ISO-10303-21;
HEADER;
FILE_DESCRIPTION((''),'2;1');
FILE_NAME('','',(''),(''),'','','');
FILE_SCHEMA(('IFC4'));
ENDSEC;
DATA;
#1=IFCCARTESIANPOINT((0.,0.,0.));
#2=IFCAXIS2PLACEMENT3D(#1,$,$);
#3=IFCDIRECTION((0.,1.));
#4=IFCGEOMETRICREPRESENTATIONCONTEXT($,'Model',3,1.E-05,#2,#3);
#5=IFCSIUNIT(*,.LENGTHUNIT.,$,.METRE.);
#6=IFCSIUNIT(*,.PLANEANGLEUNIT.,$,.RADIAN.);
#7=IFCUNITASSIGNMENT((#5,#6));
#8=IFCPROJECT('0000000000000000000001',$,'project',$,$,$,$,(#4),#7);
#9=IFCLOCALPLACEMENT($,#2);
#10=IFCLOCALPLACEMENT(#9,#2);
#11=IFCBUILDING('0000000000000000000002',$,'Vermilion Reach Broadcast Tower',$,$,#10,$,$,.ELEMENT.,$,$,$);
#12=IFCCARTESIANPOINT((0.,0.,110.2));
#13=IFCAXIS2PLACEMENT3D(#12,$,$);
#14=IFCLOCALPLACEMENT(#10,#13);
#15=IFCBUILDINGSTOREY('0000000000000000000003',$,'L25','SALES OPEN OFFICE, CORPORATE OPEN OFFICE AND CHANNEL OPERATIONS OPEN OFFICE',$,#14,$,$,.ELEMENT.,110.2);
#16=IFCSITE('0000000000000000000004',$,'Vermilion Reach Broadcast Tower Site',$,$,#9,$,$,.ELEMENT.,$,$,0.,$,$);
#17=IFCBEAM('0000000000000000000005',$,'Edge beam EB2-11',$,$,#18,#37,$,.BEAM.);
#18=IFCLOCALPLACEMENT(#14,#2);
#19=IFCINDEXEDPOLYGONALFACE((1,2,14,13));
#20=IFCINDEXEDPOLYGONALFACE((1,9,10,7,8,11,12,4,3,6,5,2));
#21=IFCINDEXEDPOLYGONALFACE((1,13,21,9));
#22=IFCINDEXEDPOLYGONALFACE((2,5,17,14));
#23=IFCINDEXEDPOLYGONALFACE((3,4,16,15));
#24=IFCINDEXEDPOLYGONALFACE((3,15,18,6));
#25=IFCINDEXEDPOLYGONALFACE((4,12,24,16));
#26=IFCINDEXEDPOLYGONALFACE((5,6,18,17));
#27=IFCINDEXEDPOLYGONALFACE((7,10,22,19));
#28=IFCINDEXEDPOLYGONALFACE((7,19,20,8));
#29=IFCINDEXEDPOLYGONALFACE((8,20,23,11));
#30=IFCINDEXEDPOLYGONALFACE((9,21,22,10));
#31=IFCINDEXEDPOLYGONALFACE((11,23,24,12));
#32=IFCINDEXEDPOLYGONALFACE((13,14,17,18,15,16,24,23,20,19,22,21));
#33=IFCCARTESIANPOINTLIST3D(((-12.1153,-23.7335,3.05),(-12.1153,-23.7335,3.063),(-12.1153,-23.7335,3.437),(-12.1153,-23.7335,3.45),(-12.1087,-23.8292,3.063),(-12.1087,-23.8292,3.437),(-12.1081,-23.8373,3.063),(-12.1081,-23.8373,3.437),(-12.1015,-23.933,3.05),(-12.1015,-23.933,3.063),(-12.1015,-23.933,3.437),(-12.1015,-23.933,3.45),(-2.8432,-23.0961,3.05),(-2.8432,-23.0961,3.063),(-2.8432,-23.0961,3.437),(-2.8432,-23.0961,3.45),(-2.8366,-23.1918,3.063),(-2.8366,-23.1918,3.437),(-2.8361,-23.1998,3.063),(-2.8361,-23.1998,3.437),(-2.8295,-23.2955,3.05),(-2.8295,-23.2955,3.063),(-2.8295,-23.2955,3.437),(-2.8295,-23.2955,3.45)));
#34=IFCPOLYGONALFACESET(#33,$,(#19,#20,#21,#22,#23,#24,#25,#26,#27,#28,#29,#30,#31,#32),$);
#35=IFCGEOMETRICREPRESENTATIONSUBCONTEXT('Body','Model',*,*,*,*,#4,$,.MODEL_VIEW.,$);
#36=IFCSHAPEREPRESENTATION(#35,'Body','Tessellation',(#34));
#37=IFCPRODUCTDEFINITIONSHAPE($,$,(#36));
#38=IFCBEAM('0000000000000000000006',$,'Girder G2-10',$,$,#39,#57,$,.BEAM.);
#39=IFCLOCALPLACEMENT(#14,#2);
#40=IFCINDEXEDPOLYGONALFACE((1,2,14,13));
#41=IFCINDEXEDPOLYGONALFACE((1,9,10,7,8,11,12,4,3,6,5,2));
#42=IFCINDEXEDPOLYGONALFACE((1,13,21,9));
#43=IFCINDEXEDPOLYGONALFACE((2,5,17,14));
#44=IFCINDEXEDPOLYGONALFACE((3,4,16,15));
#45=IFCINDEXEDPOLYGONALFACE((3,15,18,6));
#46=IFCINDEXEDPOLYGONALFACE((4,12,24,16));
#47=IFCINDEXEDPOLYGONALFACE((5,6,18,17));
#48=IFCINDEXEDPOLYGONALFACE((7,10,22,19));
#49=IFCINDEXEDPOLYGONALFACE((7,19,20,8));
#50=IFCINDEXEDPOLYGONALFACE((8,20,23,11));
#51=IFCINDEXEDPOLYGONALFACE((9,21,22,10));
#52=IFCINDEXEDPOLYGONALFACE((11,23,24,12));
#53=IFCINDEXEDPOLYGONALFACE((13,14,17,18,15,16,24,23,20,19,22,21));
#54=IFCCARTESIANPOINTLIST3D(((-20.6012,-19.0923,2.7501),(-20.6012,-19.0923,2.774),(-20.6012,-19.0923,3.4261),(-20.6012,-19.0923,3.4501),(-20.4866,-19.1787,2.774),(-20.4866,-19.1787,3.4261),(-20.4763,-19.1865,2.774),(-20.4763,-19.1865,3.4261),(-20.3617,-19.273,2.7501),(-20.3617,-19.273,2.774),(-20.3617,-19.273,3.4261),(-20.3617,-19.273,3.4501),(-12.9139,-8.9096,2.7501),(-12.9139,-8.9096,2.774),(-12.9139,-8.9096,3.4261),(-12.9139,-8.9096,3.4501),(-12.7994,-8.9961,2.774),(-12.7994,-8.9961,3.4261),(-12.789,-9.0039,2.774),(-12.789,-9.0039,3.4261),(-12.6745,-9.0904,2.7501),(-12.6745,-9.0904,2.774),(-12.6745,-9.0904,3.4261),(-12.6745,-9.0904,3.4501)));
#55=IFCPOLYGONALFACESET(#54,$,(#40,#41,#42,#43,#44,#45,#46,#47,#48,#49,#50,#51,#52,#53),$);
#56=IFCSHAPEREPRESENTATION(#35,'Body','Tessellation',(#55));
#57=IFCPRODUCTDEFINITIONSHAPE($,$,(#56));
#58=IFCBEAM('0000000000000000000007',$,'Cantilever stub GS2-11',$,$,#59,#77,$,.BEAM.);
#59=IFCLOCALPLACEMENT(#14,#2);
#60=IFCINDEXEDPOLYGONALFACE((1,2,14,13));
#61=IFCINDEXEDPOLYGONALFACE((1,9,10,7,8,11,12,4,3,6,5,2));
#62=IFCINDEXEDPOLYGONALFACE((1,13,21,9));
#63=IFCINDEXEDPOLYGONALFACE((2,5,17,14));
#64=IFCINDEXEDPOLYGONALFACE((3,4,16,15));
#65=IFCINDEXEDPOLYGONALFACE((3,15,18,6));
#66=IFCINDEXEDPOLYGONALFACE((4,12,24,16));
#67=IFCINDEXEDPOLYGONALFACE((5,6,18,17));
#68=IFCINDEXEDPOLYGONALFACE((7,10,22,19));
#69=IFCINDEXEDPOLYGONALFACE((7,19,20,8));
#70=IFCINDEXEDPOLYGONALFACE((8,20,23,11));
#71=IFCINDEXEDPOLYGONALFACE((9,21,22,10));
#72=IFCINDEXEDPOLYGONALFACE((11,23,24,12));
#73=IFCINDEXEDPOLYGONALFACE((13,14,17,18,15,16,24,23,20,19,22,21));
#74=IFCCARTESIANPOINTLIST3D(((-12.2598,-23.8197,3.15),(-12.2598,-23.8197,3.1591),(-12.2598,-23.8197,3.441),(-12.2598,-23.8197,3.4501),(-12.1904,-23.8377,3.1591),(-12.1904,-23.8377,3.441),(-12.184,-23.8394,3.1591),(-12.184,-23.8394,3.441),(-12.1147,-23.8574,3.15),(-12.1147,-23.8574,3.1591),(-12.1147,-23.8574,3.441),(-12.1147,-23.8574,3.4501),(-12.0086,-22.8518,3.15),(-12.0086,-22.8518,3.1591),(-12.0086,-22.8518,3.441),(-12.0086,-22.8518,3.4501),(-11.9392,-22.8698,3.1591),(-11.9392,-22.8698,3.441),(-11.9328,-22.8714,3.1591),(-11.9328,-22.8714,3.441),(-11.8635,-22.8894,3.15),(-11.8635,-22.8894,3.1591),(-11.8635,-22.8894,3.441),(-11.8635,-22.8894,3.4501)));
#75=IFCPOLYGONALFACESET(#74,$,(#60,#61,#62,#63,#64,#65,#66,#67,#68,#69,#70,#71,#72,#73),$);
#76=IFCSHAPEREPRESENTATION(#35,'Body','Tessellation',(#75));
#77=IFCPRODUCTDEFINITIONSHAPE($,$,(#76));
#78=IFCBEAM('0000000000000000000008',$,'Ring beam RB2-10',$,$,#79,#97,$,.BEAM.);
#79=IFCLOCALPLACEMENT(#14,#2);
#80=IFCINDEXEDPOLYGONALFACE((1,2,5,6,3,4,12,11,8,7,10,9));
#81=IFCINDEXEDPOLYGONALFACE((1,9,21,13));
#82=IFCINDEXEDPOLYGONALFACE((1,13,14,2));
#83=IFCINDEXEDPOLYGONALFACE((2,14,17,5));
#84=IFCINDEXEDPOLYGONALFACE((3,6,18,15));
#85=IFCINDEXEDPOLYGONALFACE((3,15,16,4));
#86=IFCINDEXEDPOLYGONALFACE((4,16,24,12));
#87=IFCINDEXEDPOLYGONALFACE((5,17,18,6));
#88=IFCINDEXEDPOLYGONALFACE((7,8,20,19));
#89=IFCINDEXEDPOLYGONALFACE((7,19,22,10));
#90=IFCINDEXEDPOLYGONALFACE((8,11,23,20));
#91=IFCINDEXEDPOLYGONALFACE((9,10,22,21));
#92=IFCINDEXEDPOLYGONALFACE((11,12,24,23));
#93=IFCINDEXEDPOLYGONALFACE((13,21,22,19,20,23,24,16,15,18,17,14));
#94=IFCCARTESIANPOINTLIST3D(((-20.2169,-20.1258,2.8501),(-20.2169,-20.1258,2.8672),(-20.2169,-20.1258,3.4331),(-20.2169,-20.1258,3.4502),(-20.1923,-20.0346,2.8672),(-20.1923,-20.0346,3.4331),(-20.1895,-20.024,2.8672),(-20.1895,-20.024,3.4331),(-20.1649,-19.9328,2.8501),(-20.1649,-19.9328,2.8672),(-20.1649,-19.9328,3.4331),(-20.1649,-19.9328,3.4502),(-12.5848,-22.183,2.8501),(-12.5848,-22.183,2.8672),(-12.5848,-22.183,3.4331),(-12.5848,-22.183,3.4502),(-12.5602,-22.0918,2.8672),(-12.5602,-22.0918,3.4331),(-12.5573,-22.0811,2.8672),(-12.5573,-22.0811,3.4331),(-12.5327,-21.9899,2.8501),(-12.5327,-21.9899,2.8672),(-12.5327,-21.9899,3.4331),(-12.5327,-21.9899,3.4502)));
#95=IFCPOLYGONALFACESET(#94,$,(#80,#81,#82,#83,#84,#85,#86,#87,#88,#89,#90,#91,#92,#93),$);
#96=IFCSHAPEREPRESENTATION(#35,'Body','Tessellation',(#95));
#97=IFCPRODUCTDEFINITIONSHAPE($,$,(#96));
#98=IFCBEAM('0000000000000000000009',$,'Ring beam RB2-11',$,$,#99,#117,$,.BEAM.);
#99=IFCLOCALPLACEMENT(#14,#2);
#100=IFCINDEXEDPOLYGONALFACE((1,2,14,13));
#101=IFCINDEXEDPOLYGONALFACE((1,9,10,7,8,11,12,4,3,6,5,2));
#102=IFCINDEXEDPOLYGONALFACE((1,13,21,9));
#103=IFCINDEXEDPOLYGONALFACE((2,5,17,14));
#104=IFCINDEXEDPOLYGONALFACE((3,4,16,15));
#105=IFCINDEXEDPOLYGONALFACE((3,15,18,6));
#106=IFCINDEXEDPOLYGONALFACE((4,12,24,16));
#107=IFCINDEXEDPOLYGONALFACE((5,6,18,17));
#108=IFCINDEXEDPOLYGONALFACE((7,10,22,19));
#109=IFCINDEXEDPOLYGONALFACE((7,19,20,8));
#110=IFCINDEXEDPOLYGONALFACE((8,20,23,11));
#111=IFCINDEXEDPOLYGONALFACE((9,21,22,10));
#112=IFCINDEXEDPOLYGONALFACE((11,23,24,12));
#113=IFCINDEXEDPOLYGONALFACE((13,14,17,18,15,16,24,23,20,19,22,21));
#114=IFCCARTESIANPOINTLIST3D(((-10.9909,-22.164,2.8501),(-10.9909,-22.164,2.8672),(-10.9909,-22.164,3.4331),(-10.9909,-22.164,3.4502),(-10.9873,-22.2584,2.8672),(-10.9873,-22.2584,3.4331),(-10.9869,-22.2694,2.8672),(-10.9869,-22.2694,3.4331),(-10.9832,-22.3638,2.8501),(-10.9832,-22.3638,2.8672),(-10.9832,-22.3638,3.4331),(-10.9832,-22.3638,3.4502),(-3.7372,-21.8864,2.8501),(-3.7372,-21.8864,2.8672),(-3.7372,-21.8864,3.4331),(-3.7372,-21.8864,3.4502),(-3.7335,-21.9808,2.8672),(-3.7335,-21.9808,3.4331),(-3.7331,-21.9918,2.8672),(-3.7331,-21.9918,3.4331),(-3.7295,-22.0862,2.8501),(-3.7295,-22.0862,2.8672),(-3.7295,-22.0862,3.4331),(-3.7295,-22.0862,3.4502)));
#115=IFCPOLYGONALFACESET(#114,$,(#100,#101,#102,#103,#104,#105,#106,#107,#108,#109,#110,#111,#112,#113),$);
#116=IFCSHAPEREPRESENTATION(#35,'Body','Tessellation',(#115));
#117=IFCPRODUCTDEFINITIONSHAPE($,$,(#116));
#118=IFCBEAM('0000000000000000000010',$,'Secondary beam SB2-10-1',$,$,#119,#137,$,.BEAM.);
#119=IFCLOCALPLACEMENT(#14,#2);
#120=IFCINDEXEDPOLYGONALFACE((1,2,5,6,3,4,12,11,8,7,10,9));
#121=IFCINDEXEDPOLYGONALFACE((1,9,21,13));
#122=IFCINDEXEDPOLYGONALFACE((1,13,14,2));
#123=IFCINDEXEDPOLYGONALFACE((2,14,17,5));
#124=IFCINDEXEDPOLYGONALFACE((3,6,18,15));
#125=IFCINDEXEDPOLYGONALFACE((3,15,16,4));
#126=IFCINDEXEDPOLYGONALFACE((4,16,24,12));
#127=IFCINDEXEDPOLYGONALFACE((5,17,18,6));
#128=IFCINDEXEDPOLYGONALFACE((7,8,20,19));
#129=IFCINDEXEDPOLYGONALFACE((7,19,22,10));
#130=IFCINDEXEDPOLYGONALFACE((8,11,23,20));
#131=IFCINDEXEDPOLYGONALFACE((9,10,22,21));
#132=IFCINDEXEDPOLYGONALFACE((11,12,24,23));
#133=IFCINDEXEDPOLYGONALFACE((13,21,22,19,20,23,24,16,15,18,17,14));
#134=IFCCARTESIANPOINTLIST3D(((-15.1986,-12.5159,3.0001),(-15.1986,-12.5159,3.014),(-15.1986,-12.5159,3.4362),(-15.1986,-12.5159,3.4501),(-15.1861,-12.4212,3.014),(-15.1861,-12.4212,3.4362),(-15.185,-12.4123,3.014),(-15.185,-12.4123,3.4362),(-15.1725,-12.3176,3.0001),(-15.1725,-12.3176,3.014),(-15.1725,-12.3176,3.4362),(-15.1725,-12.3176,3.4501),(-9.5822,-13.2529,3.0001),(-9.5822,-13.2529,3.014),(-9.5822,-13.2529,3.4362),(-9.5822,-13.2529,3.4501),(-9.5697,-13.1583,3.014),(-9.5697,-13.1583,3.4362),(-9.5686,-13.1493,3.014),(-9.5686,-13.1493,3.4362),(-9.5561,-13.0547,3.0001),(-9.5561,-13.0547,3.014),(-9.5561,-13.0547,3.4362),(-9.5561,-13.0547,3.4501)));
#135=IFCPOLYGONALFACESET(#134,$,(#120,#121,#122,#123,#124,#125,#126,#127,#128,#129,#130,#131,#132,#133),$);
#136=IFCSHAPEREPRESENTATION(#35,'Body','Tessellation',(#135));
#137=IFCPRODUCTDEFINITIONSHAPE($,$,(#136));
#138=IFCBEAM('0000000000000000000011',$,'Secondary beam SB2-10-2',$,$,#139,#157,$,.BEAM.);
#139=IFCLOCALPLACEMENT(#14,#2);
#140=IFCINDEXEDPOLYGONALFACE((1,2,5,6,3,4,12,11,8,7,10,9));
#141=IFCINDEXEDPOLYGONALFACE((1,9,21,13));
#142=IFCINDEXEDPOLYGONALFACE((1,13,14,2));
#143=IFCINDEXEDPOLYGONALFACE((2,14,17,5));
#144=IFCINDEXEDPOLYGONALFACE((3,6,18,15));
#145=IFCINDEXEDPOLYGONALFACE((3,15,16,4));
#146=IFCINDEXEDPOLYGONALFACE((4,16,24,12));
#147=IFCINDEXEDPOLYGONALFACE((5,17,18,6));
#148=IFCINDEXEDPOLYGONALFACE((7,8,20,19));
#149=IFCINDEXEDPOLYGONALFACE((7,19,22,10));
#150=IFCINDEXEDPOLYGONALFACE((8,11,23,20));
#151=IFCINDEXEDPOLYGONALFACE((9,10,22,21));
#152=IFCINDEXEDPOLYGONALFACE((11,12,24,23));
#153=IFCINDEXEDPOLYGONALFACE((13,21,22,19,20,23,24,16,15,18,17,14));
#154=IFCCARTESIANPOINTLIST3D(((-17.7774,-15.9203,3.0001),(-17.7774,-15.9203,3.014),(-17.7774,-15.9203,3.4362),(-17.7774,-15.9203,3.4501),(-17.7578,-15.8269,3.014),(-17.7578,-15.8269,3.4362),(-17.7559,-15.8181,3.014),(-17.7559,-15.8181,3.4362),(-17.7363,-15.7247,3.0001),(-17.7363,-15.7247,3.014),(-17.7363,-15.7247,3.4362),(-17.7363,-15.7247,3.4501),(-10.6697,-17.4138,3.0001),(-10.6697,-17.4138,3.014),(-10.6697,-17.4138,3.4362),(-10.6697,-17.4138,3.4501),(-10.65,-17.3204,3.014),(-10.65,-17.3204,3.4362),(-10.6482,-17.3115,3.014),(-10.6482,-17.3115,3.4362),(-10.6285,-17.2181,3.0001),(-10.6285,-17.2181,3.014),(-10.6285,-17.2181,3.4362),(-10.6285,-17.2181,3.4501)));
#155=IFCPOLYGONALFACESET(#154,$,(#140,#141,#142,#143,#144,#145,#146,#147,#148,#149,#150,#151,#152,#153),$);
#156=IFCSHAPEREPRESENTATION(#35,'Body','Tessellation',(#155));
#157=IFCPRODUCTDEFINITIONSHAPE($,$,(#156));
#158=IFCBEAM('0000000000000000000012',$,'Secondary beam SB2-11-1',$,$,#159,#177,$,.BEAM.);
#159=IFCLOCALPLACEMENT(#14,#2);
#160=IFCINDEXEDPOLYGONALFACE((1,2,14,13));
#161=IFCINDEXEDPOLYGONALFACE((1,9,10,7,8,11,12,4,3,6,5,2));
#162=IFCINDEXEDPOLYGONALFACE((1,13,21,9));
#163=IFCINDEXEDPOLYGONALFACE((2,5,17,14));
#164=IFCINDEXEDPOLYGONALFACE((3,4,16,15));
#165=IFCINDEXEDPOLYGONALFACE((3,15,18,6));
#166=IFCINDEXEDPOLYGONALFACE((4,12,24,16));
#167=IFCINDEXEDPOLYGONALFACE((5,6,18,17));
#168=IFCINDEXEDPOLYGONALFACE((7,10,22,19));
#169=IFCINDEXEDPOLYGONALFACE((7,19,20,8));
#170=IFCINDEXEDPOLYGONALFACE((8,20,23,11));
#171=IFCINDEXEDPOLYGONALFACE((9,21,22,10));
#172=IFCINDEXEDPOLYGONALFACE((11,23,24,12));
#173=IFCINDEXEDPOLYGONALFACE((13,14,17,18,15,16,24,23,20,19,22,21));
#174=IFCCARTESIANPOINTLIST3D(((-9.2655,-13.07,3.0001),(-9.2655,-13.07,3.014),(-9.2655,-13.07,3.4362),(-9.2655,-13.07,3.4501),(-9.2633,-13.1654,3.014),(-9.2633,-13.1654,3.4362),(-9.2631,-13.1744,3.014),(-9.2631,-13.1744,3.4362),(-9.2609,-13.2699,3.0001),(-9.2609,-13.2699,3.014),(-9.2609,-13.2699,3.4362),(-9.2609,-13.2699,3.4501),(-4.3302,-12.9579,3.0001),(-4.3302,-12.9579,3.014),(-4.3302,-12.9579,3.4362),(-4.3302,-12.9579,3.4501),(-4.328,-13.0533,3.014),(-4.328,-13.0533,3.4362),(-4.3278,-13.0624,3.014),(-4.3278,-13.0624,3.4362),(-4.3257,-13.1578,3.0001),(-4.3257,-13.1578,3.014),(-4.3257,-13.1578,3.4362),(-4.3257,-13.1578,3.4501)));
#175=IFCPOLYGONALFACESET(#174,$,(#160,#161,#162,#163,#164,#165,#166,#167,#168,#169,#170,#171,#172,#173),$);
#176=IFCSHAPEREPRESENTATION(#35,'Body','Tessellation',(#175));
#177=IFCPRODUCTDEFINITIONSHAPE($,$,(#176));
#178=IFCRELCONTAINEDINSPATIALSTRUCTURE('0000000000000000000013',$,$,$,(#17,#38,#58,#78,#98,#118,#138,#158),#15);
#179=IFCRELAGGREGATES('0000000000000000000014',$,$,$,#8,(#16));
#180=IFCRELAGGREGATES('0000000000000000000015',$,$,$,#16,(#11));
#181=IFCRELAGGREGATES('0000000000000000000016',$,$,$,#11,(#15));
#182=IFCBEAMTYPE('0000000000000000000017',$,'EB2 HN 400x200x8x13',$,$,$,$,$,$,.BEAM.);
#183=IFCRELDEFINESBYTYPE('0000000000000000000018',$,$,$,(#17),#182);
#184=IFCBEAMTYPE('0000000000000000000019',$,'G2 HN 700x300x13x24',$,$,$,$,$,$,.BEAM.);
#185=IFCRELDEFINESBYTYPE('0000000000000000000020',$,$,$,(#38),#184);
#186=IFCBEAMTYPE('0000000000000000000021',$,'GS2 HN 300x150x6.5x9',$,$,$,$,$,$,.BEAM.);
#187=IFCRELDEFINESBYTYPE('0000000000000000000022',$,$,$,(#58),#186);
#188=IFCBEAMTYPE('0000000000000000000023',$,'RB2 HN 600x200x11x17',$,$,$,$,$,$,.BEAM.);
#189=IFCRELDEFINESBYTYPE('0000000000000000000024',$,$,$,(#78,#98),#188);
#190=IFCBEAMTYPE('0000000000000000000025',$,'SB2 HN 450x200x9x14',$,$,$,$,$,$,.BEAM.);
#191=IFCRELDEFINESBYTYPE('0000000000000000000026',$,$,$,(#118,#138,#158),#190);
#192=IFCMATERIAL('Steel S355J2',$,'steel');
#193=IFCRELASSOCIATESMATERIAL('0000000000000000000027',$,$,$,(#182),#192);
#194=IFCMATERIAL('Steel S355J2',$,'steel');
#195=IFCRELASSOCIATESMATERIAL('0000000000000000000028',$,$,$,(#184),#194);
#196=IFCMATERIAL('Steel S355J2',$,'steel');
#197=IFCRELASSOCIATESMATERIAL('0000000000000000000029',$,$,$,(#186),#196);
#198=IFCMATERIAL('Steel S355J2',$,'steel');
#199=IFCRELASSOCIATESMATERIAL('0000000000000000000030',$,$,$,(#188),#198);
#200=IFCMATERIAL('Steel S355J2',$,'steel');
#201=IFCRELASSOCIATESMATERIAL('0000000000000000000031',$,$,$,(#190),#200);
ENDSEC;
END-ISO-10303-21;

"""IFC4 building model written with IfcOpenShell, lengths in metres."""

from ifc_helpers import new_model, si_unit, direction, frame, origin, origin_2d, place, context, subcontext, project, spatial, i_section, extrude, material, material_profile, profile_set, type_object, element, save


model = new_model("IFC4")

# Units and contexts
model_context = context("Model", 3, precision=1e-05, world=origin(), true_north=direction((0.0, 1.0)))
body_context = subcontext(model_context, "Body", "Model", "MODEL_VIEW")
ifc_project = project(units=[si_unit("LENGTHUNIT", "METRE"), si_unit("PLANEANGLEUNIT", "RADIAN")], contexts=[model_context])

# Site, building, storey
site_placement = place(None, origin())
site = spatial("IfcSite", under=ifc_project, at=site_placement, Name="Vermilion Reach Broadcast Tower Site", CompositionType="ELEMENT", RefElevation=0.0)
building_placement = place(site_placement, origin())
building = spatial("IfcBuilding", under=site, at=building_placement, Name="Vermilion Reach Broadcast Tower", CompositionType="ELEMENT")
storey_placement = place(building_placement, frame((0.0, 0.0, 110.2)))
storey = spatial("IfcBuildingStorey", under=building, at=storey_placement, Name="L25", Description="SALES OPEN OFFICE, CORPORATE OPEN OFFICE AND CHANNEL OPERATIONS OPEN OFFICE", CompositionType="ELEMENT", Elevation=110.2)

# Beams
ifc_material_1 = material(Name="Steel S355J2", Category="steel")
ifc_material_profile_1 = material_profile(ifc_material_1, i_section(OverallWidth=0.2, OverallDepth=0.3999, WebThickness=0.0081, FlangeThickness=0.0129, at=origin_2d()), Name="S355J2 HN 400x200x8x13")
ifc_profile_set_1 = profile_set([ifc_material_profile_1], Name="Steel S355J2")
beam_type_1 = type_object("IfcBeamType", Name="EB2 HN 400x200x8x13", PredefinedType="BEAM", material=ifc_profile_set_1)
beam_1_placement = place(storey_placement, frame((-12.1084, -23.8333, 3.25), z_axis=(0.997645, 0.068588, 0.0), x_axis=(-0.068588, 0.997645, 0.0)))
element("IfcBeam", 1, at=beam_1_placement, inside=storey, type_object=beam_type_1, Name="Edge beam EB2-11", PredefinedType="BEAM", context=body_context, shape_type="SweptSolid", body=[
    extrude(i_section(OverallWidth=0.2, OverallDepth=0.3999, WebThickness=0.0081, FlangeThickness=0.0129, at=origin_2d()), origin(), (0.0, 0.0, 1.0), 9.2939),
])
ifc_material_2 = material(Name="Steel S355J2", Category="steel")
ifc_material_profile_2 = material_profile(ifc_material_2, i_section(OverallWidth=0.3, OverallDepth=0.7, WebThickness=0.0129, FlangeThickness=0.0239, at=origin_2d()), Name="S355J2 HN 700x300x13x24")
ifc_profile_set_2 = profile_set([ifc_material_profile_2], Name="Steel S355J2")
beam_type_2 = type_object("IfcBeamType", Name="G2 HN 700x300x13x24", PredefinedType="BEAM", material=ifc_profile_set_2)
beam_2_placement = place(storey_placement, frame((-12.7942, -9.0, 3.1001), z_axis=(-0.60252, -0.798104, 0.0), x_axis=(0.798104, -0.60252, 0.0)))
element("IfcBeam", 2, at=beam_2_placement, inside=storey, type_object=beam_type_2, Name="Girder G2-10", PredefinedType="BEAM", context=body_context, shape_type="SweptSolid", body=[
    extrude(i_section(OverallWidth=0.3, OverallDepth=0.7, WebThickness=0.0129, FlangeThickness=0.0239, at=origin_2d()), origin(), (0.0, 0.0, 1.0), 12.7585),
])
ifc_material_3 = material(Name="Steel S355J2", Category="steel")
ifc_material_profile_3 = material_profile(ifc_material_3, i_section(OverallWidth=0.1499, OverallDepth=0.3, WebThickness=0.0066, FlangeThickness=0.009, at=origin_2d()), Name="S355J2 HN 300x150x6.5x9")
ifc_profile_set_3 = profile_set([ifc_material_profile_3], Name="Steel S355J2")
beam_type_3 = type_object("IfcBeamType", Name="GS2 HN 300x150x6.5x9", PredefinedType="BEAM", material=ifc_profile_set_3)
beam_3_placement = place(storey_placement, frame((-11.936, -22.8706, 3.3), z_axis=(-0.251199, -0.967935, 0.0), x_axis=(0.967935, -0.251199, 0.0)))
element("IfcBeam", 3, at=beam_3_placement, inside=storey, type_object=beam_type_3, Name="Cantilever stub GS2-11", PredefinedType="BEAM", context=body_context, shape_type="SweptSolid", body=[
    extrude(i_section(OverallWidth=0.1499, OverallDepth=0.3, WebThickness=0.0066, FlangeThickness=0.009, at=origin_2d()), origin(), (0.0, 0.0, 1.0), 1.0),
])
ifc_material_4 = material(Name="Steel S355J2", Category="steel")
ifc_material_profile_4 = material_profile(ifc_material_4, i_section(OverallWidth=0.2, OverallDepth=0.6001, WebThickness=0.011, FlangeThickness=0.0171, at=origin_2d()), Name="S355J2 HN 600x200x11x17")
ifc_profile_set_4 = profile_set([ifc_material_profile_4], Name="Steel S355J2")
beam_type_4 = type_object("IfcBeamType", Name="RB2 HN 600x200x11x17", PredefinedType="BEAM", material=ifc_profile_set_4)
beam_4_placement = place(storey_placement, frame((-20.1909, -20.0293, 3.1501), z_axis=(0.965541, -0.260249, 0.0), x_axis=(0.260249, 0.965541, 0.0)))
element("IfcBeam", 4, at=beam_4_placement, inside=storey, type_object=beam_type_4, Name="Ring beam RB2-10", PredefinedType="BEAM", context=body_context, shape_type="SweptSolid", body=[
    extrude(i_section(OverallWidth=0.2, OverallDepth=0.6001, WebThickness=0.011, FlangeThickness=0.0171, at=origin_2d()), origin(), (0.0, 0.0, 1.0), 7.9045),
])
beam_5_placement = place(storey_placement, frame((-10.9871, -22.2639, 3.1501), z_axis=(0.999269, 0.038241, 0.0), x_axis=(-0.038241, 0.999269, 0.0)))
element("IfcBeam", 5, at=beam_5_placement, inside=storey, type_object=beam_type_4, Name="Ring beam RB2-11", PredefinedType="BEAM", context=body_context, shape_type="SweptSolid", body=[
    extrude(i_section(OverallWidth=0.2, OverallDepth=0.6001, WebThickness=0.011, FlangeThickness=0.0171, at=origin_2d()), origin(), (0.0, 0.0, 1.0), 7.259),
])
ifc_material_5 = material(Name="Steel S355J2", Category="steel")
ifc_material_profile_5 = material_profile(ifc_material_5, i_section(OverallWidth=0.2, OverallDepth=0.45, WebThickness=0.009, FlangeThickness=0.0139, at=origin_2d()), Name="S355J2 HN 450x200x9x14")
ifc_profile_set_5 = profile_set([ifc_material_profile_5], Name="Steel S355J2")
beam_type_5 = type_object("IfcBeamType", Name="SB2 HN 450x200x9x14", PredefinedType="BEAM", material=ifc_profile_set_5)
beam_6_placement = place(storey_placement, frame((-15.1855, -12.4167, 3.2251), z_axis=(0.991499, -0.130117, 0.0), x_axis=(0.130117, 0.991499, 0.0)))
element("IfcBeam", 6, at=beam_6_placement, inside=storey, type_object=beam_type_5, Name="Secondary beam SB2-10-1", PredefinedType="BEAM", context=body_context, shape_type="SweptSolid", body=[
    extrude(i_section(OverallWidth=0.2, OverallDepth=0.45, WebThickness=0.009, FlangeThickness=0.0139, at=origin_2d()), origin(), (0.0, 0.0, 1.0), 5.6646),
])
beam_7_placement = place(storey_placement, frame((-17.7568, -15.8225, 3.2251), z_axis=(0.978631, -0.205623, 0.0), x_axis=(0.205623, 0.978631, 0.0)))
element("IfcBeam", 7, at=beam_7_placement, inside=storey, type_object=beam_type_5, Name="Secondary beam SB2-10-2", PredefinedType="BEAM", context=body_context, shape_type="SweptSolid", body=[
    extrude(i_section(OverallWidth=0.2, OverallDepth=0.45, WebThickness=0.009, FlangeThickness=0.0139, at=origin_2d()), origin(), (0.0, 0.0, 1.0), 7.2629),
])
beam_8_placement = place(storey_placement, frame((-9.2632, -13.1699, 3.2251), z_axis=(0.999742, 0.0227, 0.0), x_axis=(-0.0227, 0.999742, 0.0)))
element("IfcBeam", 8, at=beam_8_placement, inside=storey, type_object=beam_type_5, Name="Secondary beam SB2-11-1", PredefinedType="BEAM", context=body_context, shape_type="SweptSolid", body=[
    extrude(i_section(OverallWidth=0.2, OverallDepth=0.45, WebThickness=0.009, FlangeThickness=0.0139, at=origin_2d()), origin(), (0.0, 0.0, 1.0), 4.9365),
])

save(model, "model.ifc")
